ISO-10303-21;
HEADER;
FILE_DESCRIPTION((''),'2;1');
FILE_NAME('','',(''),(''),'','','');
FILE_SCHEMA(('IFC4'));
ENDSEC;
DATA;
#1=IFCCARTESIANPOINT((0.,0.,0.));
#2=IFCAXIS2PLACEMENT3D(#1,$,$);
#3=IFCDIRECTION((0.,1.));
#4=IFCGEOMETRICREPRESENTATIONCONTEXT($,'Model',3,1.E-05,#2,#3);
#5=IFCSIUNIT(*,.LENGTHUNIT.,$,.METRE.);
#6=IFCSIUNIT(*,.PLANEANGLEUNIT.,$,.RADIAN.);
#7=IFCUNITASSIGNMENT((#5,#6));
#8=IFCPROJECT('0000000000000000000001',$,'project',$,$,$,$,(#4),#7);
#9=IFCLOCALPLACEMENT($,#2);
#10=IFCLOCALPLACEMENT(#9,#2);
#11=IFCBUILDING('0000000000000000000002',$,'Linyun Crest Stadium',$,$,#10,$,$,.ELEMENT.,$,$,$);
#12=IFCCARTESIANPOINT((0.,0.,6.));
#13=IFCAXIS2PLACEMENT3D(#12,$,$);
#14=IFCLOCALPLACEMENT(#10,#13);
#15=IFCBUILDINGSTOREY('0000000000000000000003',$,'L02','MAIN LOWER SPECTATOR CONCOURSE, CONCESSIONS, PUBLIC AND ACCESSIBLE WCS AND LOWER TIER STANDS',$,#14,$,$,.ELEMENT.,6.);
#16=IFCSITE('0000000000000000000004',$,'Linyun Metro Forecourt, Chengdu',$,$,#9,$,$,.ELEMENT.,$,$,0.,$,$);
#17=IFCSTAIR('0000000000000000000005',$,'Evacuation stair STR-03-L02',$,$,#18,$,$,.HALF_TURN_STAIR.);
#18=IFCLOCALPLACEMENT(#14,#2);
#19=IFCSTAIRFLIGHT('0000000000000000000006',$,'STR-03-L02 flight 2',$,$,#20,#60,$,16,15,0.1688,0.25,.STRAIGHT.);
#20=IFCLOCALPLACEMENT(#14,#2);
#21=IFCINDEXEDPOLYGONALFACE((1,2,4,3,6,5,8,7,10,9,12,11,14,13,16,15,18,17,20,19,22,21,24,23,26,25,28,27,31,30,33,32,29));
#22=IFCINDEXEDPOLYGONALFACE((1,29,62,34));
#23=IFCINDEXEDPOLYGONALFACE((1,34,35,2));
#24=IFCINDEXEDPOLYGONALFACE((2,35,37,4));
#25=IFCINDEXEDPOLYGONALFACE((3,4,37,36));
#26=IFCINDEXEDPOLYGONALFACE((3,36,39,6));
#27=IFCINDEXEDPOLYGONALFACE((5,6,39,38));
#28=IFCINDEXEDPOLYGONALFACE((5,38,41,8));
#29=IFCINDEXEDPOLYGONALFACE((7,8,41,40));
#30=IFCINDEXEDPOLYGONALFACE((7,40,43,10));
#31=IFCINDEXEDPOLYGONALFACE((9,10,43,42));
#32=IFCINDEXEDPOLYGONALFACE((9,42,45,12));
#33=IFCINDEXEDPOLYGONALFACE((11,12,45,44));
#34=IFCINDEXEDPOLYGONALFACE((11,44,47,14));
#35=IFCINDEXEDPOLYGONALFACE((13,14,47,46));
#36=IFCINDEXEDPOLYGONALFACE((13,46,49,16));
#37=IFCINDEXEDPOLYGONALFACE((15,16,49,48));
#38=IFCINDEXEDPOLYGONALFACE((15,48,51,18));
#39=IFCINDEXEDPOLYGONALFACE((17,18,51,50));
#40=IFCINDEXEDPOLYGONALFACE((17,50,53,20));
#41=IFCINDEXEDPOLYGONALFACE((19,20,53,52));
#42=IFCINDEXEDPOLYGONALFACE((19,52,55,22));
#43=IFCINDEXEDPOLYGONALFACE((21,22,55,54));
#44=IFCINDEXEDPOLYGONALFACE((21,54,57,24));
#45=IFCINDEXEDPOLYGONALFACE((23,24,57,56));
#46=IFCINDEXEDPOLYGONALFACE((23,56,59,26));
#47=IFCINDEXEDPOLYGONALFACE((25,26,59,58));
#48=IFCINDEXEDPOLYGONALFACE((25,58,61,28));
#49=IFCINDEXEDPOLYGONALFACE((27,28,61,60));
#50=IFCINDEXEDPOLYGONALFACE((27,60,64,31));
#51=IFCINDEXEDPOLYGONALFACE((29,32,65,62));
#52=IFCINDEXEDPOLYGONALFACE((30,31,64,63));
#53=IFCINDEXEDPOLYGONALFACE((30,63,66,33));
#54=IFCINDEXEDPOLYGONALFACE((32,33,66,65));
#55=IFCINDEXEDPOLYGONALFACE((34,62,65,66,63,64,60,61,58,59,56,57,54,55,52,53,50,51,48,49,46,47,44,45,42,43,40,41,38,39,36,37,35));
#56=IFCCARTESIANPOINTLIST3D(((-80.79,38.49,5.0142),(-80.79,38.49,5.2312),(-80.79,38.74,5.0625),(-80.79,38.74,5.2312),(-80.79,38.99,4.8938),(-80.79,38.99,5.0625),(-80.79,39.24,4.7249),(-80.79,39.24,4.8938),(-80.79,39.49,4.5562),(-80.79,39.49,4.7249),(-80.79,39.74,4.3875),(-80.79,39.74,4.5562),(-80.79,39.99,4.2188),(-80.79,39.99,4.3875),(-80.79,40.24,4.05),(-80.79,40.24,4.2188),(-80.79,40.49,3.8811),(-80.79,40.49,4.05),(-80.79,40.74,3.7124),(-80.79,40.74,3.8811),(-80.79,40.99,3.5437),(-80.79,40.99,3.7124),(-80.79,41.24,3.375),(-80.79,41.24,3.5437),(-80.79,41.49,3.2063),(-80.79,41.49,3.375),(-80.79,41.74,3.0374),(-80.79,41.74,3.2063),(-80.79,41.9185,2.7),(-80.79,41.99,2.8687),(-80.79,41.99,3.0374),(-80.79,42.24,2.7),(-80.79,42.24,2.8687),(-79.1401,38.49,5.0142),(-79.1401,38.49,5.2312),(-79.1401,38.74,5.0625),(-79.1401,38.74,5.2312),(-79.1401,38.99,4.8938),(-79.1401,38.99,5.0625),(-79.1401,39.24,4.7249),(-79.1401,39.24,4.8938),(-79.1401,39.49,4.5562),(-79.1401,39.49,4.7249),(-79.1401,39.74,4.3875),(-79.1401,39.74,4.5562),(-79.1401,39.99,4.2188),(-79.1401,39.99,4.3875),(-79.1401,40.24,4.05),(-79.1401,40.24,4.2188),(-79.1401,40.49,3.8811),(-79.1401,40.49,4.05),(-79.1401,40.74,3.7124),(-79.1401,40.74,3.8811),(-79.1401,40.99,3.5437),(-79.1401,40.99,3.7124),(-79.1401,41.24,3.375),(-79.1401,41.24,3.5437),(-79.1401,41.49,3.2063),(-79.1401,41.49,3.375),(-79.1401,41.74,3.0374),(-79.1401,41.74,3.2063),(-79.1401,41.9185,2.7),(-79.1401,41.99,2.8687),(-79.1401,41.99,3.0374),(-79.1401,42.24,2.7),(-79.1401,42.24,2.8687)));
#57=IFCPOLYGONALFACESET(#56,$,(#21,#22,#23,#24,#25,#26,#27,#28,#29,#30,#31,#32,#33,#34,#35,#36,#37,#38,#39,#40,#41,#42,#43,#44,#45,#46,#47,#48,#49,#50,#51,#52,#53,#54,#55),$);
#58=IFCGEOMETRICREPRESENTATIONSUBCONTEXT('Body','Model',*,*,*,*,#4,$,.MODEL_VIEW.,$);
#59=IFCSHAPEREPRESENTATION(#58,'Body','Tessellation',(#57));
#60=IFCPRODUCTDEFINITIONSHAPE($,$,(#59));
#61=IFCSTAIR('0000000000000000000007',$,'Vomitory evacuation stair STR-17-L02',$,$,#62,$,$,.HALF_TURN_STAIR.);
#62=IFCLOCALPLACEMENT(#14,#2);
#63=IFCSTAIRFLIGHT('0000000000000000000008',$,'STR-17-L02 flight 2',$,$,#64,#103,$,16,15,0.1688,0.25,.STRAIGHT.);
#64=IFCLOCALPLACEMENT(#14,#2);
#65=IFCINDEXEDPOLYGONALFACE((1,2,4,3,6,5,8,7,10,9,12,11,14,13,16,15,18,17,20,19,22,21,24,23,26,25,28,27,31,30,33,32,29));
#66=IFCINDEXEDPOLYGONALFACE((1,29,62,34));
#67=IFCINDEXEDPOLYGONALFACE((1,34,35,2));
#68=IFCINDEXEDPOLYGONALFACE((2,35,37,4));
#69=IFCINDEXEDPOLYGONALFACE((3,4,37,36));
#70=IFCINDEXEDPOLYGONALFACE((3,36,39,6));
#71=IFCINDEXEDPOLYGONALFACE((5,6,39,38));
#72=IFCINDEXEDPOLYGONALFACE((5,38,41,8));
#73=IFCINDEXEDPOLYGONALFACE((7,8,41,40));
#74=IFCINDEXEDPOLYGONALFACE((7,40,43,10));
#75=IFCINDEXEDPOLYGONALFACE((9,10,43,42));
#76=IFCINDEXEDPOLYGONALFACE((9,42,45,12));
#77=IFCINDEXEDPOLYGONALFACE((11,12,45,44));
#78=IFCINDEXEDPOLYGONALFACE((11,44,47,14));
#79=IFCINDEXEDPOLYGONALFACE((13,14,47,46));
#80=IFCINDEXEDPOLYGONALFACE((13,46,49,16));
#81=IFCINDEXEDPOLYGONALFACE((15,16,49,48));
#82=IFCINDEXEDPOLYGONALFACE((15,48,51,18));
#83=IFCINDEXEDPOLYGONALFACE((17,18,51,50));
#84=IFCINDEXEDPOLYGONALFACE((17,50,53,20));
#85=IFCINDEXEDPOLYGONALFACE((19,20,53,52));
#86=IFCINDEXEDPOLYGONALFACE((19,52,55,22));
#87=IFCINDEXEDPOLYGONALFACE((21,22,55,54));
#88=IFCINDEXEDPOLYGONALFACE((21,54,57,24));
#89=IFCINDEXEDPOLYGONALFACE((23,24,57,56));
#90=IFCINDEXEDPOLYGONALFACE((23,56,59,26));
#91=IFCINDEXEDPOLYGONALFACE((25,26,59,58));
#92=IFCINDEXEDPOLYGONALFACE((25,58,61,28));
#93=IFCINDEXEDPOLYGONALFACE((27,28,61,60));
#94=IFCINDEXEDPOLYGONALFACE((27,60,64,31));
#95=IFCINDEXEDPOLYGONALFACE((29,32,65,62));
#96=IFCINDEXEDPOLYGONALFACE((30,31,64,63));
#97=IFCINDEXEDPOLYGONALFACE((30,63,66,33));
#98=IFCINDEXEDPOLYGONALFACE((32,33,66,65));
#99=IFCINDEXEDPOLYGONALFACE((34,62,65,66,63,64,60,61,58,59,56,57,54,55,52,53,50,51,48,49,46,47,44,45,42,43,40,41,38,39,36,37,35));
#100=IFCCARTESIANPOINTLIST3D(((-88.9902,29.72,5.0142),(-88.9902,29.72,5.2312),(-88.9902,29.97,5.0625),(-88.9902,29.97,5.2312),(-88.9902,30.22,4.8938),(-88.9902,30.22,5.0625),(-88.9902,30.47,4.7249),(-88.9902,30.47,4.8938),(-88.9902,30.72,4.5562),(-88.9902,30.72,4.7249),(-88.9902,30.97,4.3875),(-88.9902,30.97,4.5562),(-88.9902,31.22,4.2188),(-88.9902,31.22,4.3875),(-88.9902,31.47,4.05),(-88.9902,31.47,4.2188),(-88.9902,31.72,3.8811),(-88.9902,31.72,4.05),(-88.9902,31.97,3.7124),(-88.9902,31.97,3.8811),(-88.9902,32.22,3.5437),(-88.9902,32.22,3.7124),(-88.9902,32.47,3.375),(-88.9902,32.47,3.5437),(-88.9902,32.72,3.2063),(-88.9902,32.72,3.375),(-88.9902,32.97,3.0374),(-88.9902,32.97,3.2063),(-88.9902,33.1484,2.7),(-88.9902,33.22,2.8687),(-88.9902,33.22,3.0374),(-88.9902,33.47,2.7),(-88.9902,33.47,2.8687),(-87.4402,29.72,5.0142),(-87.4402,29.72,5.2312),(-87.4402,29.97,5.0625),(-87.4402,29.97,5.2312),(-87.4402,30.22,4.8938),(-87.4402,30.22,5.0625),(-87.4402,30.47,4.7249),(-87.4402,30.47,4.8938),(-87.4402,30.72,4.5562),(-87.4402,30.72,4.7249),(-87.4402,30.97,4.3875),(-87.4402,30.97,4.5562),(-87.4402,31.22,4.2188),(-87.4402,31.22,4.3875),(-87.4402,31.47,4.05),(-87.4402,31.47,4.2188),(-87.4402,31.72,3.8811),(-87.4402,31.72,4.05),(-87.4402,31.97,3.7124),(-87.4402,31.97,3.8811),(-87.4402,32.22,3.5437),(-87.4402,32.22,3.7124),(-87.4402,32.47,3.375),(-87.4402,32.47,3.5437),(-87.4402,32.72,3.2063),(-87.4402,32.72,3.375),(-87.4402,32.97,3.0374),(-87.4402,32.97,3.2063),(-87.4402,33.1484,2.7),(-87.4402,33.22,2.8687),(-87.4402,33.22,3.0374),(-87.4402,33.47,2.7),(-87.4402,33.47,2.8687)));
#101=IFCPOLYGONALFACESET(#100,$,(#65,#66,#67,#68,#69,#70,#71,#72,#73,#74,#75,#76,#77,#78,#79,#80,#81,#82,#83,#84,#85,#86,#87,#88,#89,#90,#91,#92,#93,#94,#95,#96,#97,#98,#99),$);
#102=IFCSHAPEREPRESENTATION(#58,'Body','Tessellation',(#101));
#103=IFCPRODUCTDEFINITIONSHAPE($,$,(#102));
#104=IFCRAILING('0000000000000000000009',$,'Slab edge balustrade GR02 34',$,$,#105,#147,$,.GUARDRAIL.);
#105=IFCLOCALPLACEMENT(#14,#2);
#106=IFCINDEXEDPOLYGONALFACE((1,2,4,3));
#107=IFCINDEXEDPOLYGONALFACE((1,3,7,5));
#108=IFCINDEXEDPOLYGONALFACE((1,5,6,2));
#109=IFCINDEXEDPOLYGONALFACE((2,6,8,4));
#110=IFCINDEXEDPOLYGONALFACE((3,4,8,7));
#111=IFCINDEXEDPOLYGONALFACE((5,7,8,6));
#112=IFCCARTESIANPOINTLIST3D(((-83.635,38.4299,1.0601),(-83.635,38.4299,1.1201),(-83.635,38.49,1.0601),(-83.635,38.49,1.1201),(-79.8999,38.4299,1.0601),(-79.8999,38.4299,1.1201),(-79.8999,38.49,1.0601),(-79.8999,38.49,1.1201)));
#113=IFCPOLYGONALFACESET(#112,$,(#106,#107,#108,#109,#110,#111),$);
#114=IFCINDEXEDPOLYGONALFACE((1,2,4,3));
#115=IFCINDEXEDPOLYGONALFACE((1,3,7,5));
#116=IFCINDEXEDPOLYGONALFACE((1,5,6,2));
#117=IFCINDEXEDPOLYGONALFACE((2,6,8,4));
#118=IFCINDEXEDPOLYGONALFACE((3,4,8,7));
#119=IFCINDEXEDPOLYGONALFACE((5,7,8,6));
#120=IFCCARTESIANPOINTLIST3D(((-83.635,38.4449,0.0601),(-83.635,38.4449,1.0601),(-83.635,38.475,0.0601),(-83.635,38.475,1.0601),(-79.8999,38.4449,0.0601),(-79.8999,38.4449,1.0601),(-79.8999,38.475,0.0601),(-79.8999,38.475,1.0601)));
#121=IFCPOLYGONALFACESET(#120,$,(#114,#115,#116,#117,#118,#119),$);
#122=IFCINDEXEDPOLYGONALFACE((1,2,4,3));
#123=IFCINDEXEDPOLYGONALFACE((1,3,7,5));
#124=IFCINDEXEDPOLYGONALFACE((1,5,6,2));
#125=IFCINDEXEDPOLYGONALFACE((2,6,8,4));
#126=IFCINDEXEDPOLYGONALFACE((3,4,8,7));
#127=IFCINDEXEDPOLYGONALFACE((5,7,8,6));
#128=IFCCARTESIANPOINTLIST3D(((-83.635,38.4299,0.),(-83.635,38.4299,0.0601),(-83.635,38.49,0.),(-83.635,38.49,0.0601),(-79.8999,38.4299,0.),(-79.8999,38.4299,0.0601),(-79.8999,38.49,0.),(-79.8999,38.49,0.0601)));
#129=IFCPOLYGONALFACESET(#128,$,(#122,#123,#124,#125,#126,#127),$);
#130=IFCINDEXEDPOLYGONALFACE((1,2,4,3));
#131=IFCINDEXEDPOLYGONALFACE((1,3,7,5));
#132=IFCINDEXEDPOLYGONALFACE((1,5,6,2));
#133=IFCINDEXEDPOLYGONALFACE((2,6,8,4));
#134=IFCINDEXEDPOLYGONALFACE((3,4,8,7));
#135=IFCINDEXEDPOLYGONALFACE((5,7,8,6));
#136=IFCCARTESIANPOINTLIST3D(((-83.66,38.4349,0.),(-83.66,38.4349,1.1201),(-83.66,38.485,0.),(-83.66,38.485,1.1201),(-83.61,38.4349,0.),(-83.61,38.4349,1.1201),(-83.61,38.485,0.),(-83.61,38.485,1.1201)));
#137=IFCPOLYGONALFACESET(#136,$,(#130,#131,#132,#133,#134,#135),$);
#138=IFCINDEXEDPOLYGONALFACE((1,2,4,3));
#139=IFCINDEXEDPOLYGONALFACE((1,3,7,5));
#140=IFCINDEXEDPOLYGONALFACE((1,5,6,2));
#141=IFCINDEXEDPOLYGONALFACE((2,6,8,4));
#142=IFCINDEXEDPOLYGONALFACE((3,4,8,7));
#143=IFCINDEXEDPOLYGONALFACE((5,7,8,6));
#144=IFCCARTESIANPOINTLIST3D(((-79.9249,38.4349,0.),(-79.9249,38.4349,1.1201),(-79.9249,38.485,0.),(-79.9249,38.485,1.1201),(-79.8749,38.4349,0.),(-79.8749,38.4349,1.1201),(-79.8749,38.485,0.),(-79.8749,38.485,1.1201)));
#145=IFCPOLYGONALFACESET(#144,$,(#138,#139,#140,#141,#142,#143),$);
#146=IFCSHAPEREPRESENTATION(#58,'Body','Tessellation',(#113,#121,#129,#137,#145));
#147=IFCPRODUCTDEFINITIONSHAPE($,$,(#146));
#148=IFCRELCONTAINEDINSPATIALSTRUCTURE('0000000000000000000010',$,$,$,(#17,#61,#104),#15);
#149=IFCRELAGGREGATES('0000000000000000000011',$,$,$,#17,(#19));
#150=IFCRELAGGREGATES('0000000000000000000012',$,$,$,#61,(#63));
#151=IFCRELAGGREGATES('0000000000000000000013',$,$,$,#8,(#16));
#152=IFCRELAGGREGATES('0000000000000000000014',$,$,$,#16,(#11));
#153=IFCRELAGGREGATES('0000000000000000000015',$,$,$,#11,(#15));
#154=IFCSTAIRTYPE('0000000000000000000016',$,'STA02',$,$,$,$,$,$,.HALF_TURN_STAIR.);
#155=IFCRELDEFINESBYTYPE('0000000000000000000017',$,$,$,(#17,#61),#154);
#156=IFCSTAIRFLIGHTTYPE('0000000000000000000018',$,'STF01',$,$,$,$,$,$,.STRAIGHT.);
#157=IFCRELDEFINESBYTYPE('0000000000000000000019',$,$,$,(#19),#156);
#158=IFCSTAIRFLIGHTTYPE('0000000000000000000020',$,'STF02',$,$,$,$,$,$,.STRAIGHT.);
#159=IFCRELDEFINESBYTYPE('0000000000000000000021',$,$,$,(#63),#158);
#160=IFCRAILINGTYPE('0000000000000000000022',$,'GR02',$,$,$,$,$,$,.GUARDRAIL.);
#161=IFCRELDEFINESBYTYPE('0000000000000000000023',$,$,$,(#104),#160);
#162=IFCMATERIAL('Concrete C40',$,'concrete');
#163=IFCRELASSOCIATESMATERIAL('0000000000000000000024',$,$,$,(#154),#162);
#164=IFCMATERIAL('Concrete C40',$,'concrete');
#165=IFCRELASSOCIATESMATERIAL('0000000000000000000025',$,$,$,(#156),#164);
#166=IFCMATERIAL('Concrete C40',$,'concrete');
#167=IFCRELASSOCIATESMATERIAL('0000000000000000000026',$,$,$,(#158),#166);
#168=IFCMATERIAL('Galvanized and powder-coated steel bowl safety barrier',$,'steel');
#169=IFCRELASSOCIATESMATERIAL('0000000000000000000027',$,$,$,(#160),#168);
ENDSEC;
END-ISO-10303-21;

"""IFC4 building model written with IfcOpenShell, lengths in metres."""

from ifc_helpers import new_model, si_unit, direction, frame, origin, origin_2d, place, context, subcontext, project, spatial, polyline, rectangle, outline, extrude, material, type_object, element, aggregate, save


model = new_model("IFC4")

# Units and contexts
model_context = context("Model", 3, precision=1e-05, world=origin(), true_north=direction((0.0, 1.0)))
body_context = subcontext(model_context, "Body", "Model", "MODEL_VIEW")
ifc_project = project(units=[si_unit("LENGTHUNIT", "METRE"), si_unit("PLANEANGLEUNIT", "RADIAN")], contexts=[model_context])

# Site, building, storey
site_placement = place(None, origin())
site = spatial("IfcSite", under=ifc_project, at=site_placement, Name="Linyun Metro Forecourt, Chengdu", CompositionType="ELEMENT", RefElevation=0.0)
building_placement = place(site_placement, origin())
building = spatial("IfcBuilding", under=site, at=building_placement, Name="Linyun Crest Stadium", CompositionType="ELEMENT")
storey_placement = place(building_placement, frame((0.0, 0.0, 6.0)))
storey = spatial("IfcBuildingStorey", under=building, at=storey_placement, Name="L02", Description="MAIN LOWER SPECTATOR CONCOURSE, CONCESSIONS, PUBLIC AND ACCESSIBLE WCS AND LOWER TIER STANDS", CompositionType="ELEMENT", Elevation=6.0)

# Stair, stair flight
ifc_material_1 = material(Name="Concrete C40", Category="concrete")
stair_type = type_object("IfcStairType", Name="STA02", PredefinedType="HALF_TURN_STAIR", material=ifc_material_1)
stair_1_placement = place(storey_placement, origin())
stair_1 = element("IfcStair", 1, at=stair_1_placement, inside=storey, type_object=stair_type, Name="Evacuation stair STR-03-L02", PredefinedType="HALF_TURN_STAIR")
ifc_material_2 = material(Name="Concrete C40", Category="concrete")
stair_flight_type_1 = type_object("IfcStairFlightType", Name="STF01", PredefinedType="STRAIGHT", material=ifc_material_2)
stair_flight_1_placement = place(storey_placement, frame((-79.9651, 42.24, 2.7), z_axis=(0.0, 0.0, 1.0), x_axis=(0.0, -1.0, 0.0)))
stair_flight_1 = element("IfcStairFlight", 2, at=stair_flight_1_placement, type_object=stair_flight_type_1, Name="STR-03-L02 flight 2", NumberOfRisers=16, NumberOfTreads=15, PredefinedType="STRAIGHT", RiserHeight=0.1688, TreadLength=0.25, context=body_context, shape_type="SweptSolid", body=[
    extrude(outline(polyline([(0.0, 0.0), (0.0, 0.1687), (0.25, 0.1687), (0.25, 0.3374), (0.5, 0.3374), (0.5, 0.5063), (0.75, 0.5063), (0.75, 0.675), (1.0, 0.675), (1.0, 0.8438), (1.25, 0.8438), (1.25, 1.0125), (1.5, 1.0125), (1.5, 1.1812), (1.75, 1.1812), (1.75, 1.3501), (2.0, 1.3501), (2.0, 1.5188), (2.25, 1.5188), (2.25, 1.6875), (2.5, 1.6875), (2.5, 1.8562), (2.75, 1.8562), (2.75, 2.0249), (3.0, 2.0249), (3.0, 2.1938), (3.25, 2.1938), (3.25, 2.3625), (3.5, 2.3625), (3.5, 2.5312), (3.75, 2.5312), (3.75, 2.7), (3.75, 2.3142), (0.3215, 0.0), (0.0, 0.0)])), frame((0.0, 0.825, 0.0), z_axis=(0.0, -1.0, 0.0), x_axis=(1.0, 0.0, 0.0)), (0.0, 0.0, 1.0), 1.6499),
])
aggregate(stair_1, [stair_flight_1])

# Stair, stair flight
stair_2_placement = place(storey_placement, origin())
stair_2 = element("IfcStair", 3, at=stair_2_placement, inside=storey, type_object=stair_type, Name="Vomitory evacuation stair STR-17-L02", PredefinedType="HALF_TURN_STAIR")
ifc_material_3 = material(Name="Concrete C40", Category="concrete")
stair_flight_type_2 = type_object("IfcStairFlightType", Name="STF02", PredefinedType="STRAIGHT", material=ifc_material_3)
stair_flight_2_placement = place(storey_placement, frame((-88.2151, 33.47, 2.7), z_axis=(0.0, 0.0, 1.0), x_axis=(0.0, -1.0, 0.0)))
stair_flight_2 = element("IfcStairFlight", 4, at=stair_flight_2_placement, type_object=stair_flight_type_2, Name="STR-17-L02 flight 2", NumberOfRisers=16, NumberOfTreads=15, PredefinedType="STRAIGHT", RiserHeight=0.1688, TreadLength=0.25, context=body_context, shape_type="SweptSolid", body=[
    extrude(outline(polyline([(0.0, 0.0), (0.0, 0.1687), (0.25, 0.1687), (0.25, 0.3374), (0.5, 0.3374), (0.5, 0.5063), (0.75, 0.5063), (0.75, 0.675), (1.0, 0.675), (1.0, 0.8438), (1.25, 0.8438), (1.25, 1.0125), (1.5, 1.0125), (1.5, 1.1812), (1.75, 1.1812), (1.75, 1.3501), (2.0, 1.3501), (2.0, 1.5188), (2.25, 1.5188), (2.25, 1.6875), (2.5, 1.6875), (2.5, 1.8562), (2.75, 1.8562), (2.75, 2.0249), (3.0, 2.0249), (3.0, 2.1938), (3.25, 2.1938), (3.25, 2.3625), (3.5, 2.3625), (3.5, 2.5312), (3.75, 2.5312), (3.75, 2.7), (3.75, 2.3142), (0.3215, 0.0), (0.0, 0.0)])), frame((0.0, 0.7749, 0.0), z_axis=(0.0, -1.0, 0.0), x_axis=(1.0, 0.0, 0.0)), (0.0, 0.0, 1.0), 1.55),
])
aggregate(stair_2, [stair_flight_2])

# Railing
ifc_material_4 = material(Name="Galvanized and powder-coated steel bowl safety barrier", Category="steel")
railing_type_1 = type_object("IfcRailingType", Name="GR02", PredefinedType="GUARDRAIL", material=ifc_material_4)
railing_1_placement = place(storey_placement, frame((-83.635, 38.46, 0.0)))
element("IfcRailing", 5, at=railing_1_placement, inside=storey, type_object=railing_type_1, Name="Slab edge balustrade GR02 34", PredefinedType="GUARDRAIL", context=body_context, shape_type="SweptSolid", body=[
    extrude(rectangle(XDim=0.0601, YDim=0.0601, at=origin_2d()), frame((0.0, 0.0, 1.0901), z_axis=(1.0, 0.0, 0.0), x_axis=(0.0, 1.0, 0.0)), (0.0, 0.0, 1.0), 3.7351),
    extrude(rectangle(XDim=0.03, YDim=1.0, at=origin_2d()), frame((0.0, 0.0, 0.5601), z_axis=(1.0, 0.0, 0.0), x_axis=(0.0, 1.0, 0.0)), (0.0, 0.0, 1.0), 3.7351),
    extrude(rectangle(XDim=0.0601, YDim=0.0601, at=origin_2d()), frame((0.0, 0.0, 0.03), z_axis=(1.0, 0.0, 0.0), x_axis=(0.0, 1.0, 0.0)), (0.0, 0.0, 1.0), 3.7351),
    extrude(rectangle(XDim=0.05, YDim=0.05, at=origin_2d()), origin(), (0.0, 0.0, 1.0), 1.1201),
    extrude(rectangle(XDim=0.05, YDim=0.05, at=origin_2d()), frame((3.7351, 0.0, 0.0)), (0.0, 0.0, 1.0), 1.1201),
])

save(model, "model.ifc")
